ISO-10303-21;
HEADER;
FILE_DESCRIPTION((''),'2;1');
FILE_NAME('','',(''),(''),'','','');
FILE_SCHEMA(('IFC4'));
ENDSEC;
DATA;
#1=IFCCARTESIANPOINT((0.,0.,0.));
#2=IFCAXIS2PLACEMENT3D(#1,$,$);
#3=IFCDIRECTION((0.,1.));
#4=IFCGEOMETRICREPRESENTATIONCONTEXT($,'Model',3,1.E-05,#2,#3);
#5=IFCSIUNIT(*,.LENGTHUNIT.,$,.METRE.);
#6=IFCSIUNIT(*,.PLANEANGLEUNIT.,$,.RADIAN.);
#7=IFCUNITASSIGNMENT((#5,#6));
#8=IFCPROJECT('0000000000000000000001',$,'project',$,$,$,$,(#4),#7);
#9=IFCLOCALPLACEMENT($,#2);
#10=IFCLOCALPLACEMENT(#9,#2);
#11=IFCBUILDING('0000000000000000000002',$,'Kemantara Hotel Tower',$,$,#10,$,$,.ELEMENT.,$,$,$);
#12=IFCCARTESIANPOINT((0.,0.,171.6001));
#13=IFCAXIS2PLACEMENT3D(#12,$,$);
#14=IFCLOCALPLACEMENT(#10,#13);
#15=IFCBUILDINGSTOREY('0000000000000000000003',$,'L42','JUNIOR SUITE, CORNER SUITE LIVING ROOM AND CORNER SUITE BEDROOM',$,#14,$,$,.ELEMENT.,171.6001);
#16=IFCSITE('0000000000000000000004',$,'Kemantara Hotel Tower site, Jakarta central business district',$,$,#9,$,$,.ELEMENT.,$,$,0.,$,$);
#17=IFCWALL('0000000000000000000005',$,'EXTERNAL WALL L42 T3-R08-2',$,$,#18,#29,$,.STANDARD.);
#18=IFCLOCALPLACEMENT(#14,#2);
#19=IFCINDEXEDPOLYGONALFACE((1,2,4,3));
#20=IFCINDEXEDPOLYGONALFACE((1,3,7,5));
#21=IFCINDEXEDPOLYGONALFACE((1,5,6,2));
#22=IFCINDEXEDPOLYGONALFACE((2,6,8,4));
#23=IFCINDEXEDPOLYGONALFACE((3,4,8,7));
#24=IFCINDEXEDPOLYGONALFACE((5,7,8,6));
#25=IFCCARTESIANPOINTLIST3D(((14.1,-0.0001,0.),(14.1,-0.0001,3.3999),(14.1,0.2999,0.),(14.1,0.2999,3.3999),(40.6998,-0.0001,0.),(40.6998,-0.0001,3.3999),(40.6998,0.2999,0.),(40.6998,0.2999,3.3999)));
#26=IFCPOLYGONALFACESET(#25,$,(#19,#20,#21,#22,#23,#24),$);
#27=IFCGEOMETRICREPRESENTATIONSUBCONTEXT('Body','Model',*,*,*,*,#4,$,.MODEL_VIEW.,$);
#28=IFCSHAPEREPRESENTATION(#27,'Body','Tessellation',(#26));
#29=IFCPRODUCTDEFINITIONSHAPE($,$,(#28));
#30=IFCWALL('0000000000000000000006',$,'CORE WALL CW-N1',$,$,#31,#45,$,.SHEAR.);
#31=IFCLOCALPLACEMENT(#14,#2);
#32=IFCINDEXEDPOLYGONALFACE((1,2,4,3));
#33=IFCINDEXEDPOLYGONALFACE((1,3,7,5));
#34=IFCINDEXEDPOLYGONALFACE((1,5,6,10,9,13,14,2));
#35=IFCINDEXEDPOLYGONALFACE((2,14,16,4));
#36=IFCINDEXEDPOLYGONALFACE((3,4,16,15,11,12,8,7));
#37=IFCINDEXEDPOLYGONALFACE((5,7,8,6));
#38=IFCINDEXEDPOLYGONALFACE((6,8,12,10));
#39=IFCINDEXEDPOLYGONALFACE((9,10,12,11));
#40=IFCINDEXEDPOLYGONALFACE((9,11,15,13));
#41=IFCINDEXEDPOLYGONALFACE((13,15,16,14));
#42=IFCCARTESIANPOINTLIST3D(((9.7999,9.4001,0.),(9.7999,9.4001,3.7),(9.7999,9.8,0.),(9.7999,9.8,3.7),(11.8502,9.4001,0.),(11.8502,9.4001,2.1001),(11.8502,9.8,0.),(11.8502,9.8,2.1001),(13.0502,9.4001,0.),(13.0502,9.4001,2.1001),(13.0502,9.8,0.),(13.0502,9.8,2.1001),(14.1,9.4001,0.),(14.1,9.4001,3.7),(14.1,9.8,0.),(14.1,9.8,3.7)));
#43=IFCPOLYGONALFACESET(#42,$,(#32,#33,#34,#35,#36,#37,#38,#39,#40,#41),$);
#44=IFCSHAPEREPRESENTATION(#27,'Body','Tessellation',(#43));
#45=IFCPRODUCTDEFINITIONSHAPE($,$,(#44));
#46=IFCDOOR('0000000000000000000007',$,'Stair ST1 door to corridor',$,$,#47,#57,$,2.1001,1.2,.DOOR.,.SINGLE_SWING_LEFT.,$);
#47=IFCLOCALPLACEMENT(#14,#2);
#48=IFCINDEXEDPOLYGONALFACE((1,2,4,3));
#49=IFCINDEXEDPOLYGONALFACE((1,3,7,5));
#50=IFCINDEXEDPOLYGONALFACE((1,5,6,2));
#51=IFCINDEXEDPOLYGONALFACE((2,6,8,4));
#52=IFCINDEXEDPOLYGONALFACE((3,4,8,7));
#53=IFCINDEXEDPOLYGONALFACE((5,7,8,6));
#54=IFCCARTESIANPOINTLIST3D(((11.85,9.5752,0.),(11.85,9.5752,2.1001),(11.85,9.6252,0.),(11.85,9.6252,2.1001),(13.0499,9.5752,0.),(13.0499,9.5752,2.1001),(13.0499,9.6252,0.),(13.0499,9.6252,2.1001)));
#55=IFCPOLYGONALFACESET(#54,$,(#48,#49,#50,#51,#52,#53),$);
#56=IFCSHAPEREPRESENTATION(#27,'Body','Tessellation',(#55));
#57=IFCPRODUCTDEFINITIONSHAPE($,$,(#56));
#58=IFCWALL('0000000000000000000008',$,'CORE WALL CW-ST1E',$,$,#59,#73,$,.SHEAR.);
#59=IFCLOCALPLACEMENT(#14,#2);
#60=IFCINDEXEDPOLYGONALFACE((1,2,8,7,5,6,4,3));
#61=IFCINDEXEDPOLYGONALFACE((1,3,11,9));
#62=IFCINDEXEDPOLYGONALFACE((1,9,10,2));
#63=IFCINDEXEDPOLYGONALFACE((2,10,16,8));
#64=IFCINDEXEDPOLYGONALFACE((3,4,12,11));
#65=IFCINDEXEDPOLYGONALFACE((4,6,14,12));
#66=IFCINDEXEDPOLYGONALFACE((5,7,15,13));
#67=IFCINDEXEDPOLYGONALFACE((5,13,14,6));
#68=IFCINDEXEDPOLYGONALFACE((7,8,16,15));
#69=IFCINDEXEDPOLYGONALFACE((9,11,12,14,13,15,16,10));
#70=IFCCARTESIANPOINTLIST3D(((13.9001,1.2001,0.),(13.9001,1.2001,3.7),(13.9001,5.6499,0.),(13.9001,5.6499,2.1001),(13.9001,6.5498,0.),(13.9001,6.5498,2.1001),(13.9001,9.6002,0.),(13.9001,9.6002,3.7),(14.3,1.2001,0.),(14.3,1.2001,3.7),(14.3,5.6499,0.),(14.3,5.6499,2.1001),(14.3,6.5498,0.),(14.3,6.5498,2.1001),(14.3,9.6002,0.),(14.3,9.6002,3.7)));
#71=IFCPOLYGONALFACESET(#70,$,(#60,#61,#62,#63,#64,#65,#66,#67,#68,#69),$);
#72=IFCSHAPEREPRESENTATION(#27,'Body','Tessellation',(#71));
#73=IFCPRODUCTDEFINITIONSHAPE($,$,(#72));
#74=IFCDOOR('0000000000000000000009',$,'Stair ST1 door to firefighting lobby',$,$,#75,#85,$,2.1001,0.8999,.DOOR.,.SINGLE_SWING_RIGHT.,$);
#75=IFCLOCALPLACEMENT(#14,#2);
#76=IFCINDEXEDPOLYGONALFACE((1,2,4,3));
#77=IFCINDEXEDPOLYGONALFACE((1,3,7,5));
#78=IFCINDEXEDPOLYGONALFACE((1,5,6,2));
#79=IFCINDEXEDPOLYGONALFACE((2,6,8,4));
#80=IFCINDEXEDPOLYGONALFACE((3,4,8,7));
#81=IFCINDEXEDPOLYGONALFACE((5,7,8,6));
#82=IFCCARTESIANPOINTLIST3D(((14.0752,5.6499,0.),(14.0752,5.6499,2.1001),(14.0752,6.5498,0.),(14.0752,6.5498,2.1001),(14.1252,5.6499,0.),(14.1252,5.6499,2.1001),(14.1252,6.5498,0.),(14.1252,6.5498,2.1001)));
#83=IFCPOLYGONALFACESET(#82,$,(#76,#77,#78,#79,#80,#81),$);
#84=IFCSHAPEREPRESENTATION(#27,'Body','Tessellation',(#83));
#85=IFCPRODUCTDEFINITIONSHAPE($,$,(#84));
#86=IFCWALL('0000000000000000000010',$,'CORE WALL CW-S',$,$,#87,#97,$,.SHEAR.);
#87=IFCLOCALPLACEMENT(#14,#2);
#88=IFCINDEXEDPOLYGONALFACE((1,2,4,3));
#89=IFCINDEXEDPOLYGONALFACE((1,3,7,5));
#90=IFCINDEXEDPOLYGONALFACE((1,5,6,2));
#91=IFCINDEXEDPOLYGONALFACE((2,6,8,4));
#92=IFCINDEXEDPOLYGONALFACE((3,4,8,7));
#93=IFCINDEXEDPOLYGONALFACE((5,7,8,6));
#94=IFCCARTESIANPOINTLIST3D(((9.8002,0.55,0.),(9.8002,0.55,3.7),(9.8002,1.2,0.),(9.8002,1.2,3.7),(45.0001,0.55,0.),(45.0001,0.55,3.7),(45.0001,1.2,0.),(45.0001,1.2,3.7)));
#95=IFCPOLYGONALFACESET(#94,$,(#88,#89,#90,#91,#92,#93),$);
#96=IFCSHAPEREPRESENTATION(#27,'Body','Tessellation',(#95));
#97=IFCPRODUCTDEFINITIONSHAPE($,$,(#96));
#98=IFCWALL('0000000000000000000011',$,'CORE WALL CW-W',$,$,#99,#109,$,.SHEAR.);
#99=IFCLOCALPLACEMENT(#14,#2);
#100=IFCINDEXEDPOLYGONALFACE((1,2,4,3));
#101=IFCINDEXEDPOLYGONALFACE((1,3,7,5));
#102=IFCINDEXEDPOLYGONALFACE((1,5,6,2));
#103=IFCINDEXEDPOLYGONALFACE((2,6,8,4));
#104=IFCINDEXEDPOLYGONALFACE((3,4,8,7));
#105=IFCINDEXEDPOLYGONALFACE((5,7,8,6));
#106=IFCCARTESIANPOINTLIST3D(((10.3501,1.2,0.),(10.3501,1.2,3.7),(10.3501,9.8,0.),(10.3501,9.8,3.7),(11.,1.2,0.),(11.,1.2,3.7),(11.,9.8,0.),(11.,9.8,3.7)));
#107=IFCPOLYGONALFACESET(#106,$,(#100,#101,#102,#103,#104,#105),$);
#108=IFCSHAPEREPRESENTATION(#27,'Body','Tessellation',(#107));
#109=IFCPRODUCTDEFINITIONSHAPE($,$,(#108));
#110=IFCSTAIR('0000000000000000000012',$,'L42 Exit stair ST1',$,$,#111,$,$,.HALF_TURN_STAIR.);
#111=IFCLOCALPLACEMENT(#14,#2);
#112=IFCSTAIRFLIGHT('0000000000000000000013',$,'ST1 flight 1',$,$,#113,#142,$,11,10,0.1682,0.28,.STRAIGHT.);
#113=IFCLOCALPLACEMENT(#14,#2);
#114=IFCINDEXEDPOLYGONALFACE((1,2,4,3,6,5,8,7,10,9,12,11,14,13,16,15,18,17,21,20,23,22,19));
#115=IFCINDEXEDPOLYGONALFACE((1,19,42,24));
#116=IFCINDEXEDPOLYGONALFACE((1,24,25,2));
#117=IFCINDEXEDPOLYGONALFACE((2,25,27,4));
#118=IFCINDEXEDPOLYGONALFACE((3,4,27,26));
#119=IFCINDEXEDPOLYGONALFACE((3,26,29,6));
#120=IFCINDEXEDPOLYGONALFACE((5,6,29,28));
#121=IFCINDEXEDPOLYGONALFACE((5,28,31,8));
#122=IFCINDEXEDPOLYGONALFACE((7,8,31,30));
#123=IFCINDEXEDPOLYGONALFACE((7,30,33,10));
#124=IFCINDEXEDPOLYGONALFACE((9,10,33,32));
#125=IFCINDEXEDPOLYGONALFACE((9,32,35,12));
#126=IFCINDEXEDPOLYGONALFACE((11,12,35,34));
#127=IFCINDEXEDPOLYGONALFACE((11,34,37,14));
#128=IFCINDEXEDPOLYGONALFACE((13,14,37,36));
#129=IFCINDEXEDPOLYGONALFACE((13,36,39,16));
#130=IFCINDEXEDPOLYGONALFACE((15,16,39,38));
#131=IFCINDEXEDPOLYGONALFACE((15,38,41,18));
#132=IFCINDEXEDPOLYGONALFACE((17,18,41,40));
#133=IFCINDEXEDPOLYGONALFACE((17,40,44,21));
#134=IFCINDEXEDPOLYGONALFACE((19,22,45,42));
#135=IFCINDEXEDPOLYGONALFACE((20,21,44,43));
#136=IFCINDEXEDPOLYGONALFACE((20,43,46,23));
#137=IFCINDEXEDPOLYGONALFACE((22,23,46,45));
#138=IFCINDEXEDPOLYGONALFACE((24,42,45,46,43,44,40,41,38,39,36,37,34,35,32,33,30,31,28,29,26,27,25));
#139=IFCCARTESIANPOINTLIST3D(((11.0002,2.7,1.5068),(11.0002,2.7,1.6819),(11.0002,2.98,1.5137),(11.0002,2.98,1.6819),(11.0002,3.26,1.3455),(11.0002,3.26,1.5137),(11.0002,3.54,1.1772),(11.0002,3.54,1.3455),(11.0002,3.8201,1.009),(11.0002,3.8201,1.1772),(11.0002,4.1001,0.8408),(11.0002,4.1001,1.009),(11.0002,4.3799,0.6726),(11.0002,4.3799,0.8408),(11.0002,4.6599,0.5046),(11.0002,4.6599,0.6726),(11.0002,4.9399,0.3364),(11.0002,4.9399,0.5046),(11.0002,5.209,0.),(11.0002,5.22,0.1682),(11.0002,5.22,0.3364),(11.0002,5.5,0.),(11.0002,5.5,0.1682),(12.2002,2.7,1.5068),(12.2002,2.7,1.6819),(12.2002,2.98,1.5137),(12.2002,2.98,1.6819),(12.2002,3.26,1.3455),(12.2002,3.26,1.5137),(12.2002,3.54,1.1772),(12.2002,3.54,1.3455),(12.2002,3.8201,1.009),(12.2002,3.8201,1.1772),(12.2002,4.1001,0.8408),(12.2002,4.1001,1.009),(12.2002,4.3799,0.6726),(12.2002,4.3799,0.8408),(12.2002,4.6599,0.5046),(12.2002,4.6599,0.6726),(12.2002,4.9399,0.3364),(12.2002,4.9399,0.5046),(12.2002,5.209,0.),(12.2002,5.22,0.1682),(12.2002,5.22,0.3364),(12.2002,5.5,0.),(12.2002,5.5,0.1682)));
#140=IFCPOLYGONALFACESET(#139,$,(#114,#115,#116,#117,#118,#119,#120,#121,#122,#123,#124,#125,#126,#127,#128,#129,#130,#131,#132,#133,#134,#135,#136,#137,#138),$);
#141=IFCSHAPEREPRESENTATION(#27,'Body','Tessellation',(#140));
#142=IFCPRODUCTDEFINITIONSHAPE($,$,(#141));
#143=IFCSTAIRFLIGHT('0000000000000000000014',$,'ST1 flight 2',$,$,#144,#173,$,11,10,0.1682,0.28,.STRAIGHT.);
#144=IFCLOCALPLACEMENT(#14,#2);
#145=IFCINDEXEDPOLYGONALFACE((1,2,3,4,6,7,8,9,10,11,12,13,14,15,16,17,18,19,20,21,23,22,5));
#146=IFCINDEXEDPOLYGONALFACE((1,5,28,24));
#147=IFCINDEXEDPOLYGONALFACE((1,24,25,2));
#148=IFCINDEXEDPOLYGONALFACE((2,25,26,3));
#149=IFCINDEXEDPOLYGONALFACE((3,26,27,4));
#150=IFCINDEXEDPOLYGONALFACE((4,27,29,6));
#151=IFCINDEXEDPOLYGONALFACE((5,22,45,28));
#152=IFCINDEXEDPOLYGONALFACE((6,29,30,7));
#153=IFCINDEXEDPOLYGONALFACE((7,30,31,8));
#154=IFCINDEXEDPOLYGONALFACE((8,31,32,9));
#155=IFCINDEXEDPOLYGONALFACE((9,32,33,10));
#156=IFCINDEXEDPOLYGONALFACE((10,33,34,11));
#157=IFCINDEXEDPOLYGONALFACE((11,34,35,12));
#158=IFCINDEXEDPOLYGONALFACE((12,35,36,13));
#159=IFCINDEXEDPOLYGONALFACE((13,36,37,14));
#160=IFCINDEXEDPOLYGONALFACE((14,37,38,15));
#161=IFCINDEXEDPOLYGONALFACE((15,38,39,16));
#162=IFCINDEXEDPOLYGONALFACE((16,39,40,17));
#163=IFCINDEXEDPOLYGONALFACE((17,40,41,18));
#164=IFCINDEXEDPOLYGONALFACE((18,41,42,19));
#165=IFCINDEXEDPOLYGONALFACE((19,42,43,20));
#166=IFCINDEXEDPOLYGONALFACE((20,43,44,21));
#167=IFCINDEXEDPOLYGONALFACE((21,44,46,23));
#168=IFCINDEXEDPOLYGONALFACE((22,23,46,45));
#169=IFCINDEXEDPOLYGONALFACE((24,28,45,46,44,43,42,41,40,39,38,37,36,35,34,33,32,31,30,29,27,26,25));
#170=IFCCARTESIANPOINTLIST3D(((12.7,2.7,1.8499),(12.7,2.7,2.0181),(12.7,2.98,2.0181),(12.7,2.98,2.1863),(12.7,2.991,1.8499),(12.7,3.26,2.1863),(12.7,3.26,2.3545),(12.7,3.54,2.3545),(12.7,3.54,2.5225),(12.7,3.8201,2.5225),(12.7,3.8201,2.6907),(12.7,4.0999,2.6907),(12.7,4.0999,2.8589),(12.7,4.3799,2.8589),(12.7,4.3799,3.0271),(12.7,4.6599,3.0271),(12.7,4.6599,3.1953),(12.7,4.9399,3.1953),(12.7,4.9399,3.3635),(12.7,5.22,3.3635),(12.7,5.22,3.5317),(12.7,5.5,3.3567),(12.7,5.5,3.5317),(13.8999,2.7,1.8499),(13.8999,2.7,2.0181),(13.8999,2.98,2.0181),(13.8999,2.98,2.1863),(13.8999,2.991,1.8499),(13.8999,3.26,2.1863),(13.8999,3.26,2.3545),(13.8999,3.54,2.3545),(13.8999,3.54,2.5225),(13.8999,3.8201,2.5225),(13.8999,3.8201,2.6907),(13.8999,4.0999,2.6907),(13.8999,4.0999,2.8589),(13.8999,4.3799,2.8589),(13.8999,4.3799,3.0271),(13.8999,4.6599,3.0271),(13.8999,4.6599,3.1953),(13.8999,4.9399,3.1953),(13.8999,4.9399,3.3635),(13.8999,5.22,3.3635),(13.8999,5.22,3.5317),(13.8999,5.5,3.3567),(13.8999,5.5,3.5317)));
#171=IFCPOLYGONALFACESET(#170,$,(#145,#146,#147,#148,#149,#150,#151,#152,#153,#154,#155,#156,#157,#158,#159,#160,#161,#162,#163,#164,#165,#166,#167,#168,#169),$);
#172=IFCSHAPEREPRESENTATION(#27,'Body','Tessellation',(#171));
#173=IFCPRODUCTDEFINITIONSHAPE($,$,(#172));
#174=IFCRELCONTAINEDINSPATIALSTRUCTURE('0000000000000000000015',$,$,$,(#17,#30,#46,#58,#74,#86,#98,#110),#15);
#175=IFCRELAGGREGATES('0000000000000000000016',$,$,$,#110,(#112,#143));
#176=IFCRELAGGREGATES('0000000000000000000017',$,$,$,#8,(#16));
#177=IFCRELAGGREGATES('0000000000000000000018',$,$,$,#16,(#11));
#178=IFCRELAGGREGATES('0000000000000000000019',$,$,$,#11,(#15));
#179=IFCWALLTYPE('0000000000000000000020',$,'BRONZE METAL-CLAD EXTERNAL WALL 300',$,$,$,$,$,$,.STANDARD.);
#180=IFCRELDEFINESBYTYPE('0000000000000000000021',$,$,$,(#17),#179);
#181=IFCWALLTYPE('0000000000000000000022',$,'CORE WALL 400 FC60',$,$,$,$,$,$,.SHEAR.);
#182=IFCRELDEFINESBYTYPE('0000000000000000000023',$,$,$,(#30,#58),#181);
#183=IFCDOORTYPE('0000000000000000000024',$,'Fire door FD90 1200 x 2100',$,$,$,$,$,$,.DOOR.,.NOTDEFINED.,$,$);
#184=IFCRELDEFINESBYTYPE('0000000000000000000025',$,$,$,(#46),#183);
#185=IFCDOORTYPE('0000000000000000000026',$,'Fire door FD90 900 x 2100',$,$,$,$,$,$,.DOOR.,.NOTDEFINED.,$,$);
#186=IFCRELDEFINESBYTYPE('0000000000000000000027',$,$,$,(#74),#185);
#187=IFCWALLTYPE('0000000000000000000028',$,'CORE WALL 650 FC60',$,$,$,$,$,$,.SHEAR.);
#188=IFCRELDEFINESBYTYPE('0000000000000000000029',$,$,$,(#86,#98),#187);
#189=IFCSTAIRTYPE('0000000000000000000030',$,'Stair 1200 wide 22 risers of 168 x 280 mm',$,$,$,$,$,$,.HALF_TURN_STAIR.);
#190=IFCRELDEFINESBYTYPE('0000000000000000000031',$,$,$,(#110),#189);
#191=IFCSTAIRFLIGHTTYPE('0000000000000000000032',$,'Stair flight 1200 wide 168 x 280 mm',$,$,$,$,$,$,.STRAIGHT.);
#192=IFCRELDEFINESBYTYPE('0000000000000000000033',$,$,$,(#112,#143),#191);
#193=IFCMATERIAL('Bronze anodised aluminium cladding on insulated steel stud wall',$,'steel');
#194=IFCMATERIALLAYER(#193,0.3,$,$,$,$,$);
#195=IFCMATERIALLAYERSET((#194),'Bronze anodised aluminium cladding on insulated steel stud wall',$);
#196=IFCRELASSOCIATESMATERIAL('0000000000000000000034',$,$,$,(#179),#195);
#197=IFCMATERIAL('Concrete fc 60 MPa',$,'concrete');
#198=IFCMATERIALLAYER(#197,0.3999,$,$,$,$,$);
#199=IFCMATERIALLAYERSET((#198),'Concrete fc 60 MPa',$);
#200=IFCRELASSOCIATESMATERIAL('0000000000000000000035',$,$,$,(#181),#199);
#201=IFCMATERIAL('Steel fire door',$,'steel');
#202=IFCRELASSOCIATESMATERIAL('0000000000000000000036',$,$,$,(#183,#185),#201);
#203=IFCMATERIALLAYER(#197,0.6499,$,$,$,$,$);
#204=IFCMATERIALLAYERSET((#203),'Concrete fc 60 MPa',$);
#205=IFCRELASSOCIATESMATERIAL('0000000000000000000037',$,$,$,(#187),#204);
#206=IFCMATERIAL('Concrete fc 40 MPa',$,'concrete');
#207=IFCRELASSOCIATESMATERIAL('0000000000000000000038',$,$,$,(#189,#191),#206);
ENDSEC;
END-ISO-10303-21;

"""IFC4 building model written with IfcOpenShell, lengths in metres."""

from ifc_helpers import new_model, si_unit, direction, frame, frame_2d, origin, place, context, subcontext, project, spatial, polyline, rectangle, outline, extrude, material, layer, layer_set, type_object, element, fill, aggregate, save


model = new_model("IFC4")

# Units and contexts
model_context = context("Model", 3, precision=1e-05, world=origin(), true_north=direction((0.0, 1.0)))
body_context = subcontext(model_context, "Body", "Model", "MODEL_VIEW")
ifc_project = project(units=[si_unit("LENGTHUNIT", "METRE"), si_unit("PLANEANGLEUNIT", "RADIAN")], contexts=[model_context])

# Site, building, storey
site_placement = place(None, origin())
site = spatial("IfcSite", under=ifc_project, at=site_placement, Name="Kemantara Hotel Tower site, Jakarta central business district", CompositionType="ELEMENT", RefElevation=0.0)
building_placement = place(site_placement, origin())
building = spatial("IfcBuilding", under=site, at=building_placement, Name="Kemantara Hotel Tower", CompositionType="ELEMENT")
storey_placement = place(building_placement, frame((0.0, 0.0, 171.6001)))
storey = spatial("IfcBuildingStorey", under=building, at=storey_placement, Name="L42", Description="JUNIOR SUITE, CORNER SUITE LIVING ROOM AND CORNER SUITE BEDROOM", CompositionType="ELEMENT", Elevation=171.6001)

# Wall
ifc_material_1 = material(Name="Bronze anodised aluminium cladding on insulated steel stud wall", Category="steel")
ifc_layer_1 = layer(ifc_material_1, 0.3)
ifc_layer_set_1 = layer_set([ifc_layer_1], Name="Bronze anodised aluminium cladding on insulated steel stud wall")
wall_type_1 = type_object("IfcWallType", Name="BRONZE METAL-CLAD EXTERNAL WALL 300", PredefinedType="STANDARD", material=ifc_layer_set_1)
wall_1_placement = place(storey_placement, frame((14.1001, 0.1499, 0.0), z_axis=(0.0, 0.0, 1.0), x_axis=(1.0, 0.0, 0.0)))
element("IfcWall", 1, at=wall_1_placement, inside=storey, type_object=wall_type_1, Name="EXTERNAL WALL L42 T3-R08-2", PredefinedType="STANDARD", context=body_context, shape_type="SweptSolid", body=[
    extrude(rectangle(XDim=26.5999, YDim=0.3, at=frame_2d((13.2998, 0.0))), origin(), (0.0, 0.0, 1.0), 3.3999),
])

# Walls, openings, doors
ifc_material_2 = material(Name="Concrete fc 60 MPa", Category="concrete")
ifc_layer_2 = layer(ifc_material_2, 0.3999)
ifc_layer_set_2 = layer_set([ifc_layer_2], Name="Concrete fc 60 MPa")
wall_type_2 = type_object("IfcWallType", Name="CORE WALL 400 FC60", PredefinedType="SHEAR", material=ifc_layer_set_2)
wall_2_placement = place(storey_placement, frame((9.8, 9.6001, 0.0), z_axis=(0.0, 0.0, 1.0), x_axis=(1.0, 0.0, 0.0)))
wall_2 = element("IfcWall", 2, at=wall_2_placement, inside=storey, type_object=wall_type_2, Name="CORE WALL CW-N1", PredefinedType="SHEAR", context=body_context, shape_type="SweptSolid", body=[
    extrude(rectangle(XDim=4.3, YDim=0.3999, at=frame_2d((2.1499, 0.0))), origin(), (0.0, 0.0, 1.0), 3.7),
])
opening_1_placement = place(wall_2_placement, frame((2.05, 0.0, 0.0)))
opening_1 = element("IfcOpeningElement", 3, at=opening_1_placement, cuts=wall_2, PredefinedType="OPENING", context=body_context, shape_type="SweptSolid", body=[
    extrude(rectangle(XDim=1.2, YDim=2.1001, at=frame_2d((0.6001, 1.05))), frame((0.0, 0.21, 0.0), z_axis=(0.0, -1.0, 0.0), x_axis=(1.0, 0.0, 0.0)), (0.0, 0.0, 1.0), 0.4199),
])
ifc_material_3 = material(Name="Steel fire door", Category="steel")
door_type_1 = type_object("IfcDoorType", Name="Fire door FD90 1200 x 2100", OperationType="NOTDEFINED", PredefinedType="DOOR", material=ifc_material_3)
door_1_placement = place(opening_1_placement, frame((1.2, 0.0, 0.0), z_axis=(0.0, 0.0, 1.0), x_axis=(-1.0, 0.0, 0.0)))
door_1 = element("IfcDoor", 4, at=door_1_placement, inside=storey, type_object=door_type_1, Name="Stair ST1 door to corridor", OperationType="SINGLE_SWING_LEFT", OverallHeight=2.1001, OverallWidth=1.2, PredefinedType="DOOR", context=body_context, shape_type="SweptSolid", body=[
    extrude(rectangle(XDim=1.2, YDim=2.1001, at=frame_2d((0.6001, 1.05))), frame((0.0, 0.0249, 0.0), z_axis=(0.0, -1.0, 0.0), x_axis=(1.0, 0.0, 0.0)), (0.0, 0.0, 1.0), 0.05),
])
fill(opening_1, door_1)
wall_3_placement = place(storey_placement, frame((14.1001, 1.2, 0.0), z_axis=(0.0, 0.0, 1.0), x_axis=(0.0, 1.0, 0.0)))
wall_3 = element("IfcWall", 5, at=wall_3_placement, inside=storey, type_object=wall_type_2, Name="CORE WALL CW-ST1E", PredefinedType="SHEAR", context=body_context, shape_type="SweptSolid", body=[
    extrude(rectangle(XDim=8.4001, YDim=0.3999, at=frame_2d((4.2002, 0.0))), origin(), (0.0, 0.0, 1.0), 3.7),
])
opening_2_placement = place(wall_3_placement, frame((4.45, 0.0, 0.0)))
opening_2 = element("IfcOpeningElement", 6, at=opening_2_placement, cuts=wall_3, PredefinedType="OPENING", context=body_context, shape_type="SweptSolid", body=[
    extrude(rectangle(XDim=0.8999, YDim=2.1001, at=frame_2d((0.45, 1.05))), frame((0.0, 0.21, 0.0), z_axis=(0.0, -1.0, 0.0), x_axis=(1.0, 0.0, 0.0)), (0.0, 0.0, 1.0), 0.4199),
])
door_type_2 = type_object("IfcDoorType", Name="Fire door FD90 900 x 2100", OperationType="NOTDEFINED", PredefinedType="DOOR", material=ifc_material_3)
door_2_placement = place(opening_2_placement, origin())
door_2 = element("IfcDoor", 7, at=door_2_placement, inside=storey, type_object=door_type_2, Name="Stair ST1 door to firefighting lobby", OperationType="SINGLE_SWING_RIGHT", OverallHeight=2.1001, OverallWidth=0.8999, PredefinedType="DOOR", context=body_context, shape_type="SweptSolid", body=[
    extrude(rectangle(XDim=0.8999, YDim=2.1001, at=frame_2d((0.45, 1.05))), frame((0.0, 0.0249, 0.0), z_axis=(0.0, -1.0, 0.0), x_axis=(1.0, 0.0, 0.0)), (0.0, 0.0, 1.0), 0.05),
])
fill(opening_2, door_2)

# Walls
ifc_layer_3 = layer(ifc_material_2, 0.6499)
ifc_layer_set_3 = layer_set([ifc_layer_3], Name="Concrete fc 60 MPa")
wall_type_3 = type_object("IfcWallType", Name="CORE WALL 650 FC60", PredefinedType="SHEAR", material=ifc_layer_set_3)
wall_4_placement = place(storey_placement, frame((9.8, 0.875, 0.0), z_axis=(0.0, 0.0, 1.0), x_axis=(1.0, 0.0, 0.0)))
element("IfcWall", 8, at=wall_4_placement, inside=storey, type_object=wall_type_3, Name="CORE WALL CW-S", PredefinedType="SHEAR", context=body_context, shape_type="SweptSolid", body=[
    extrude(rectangle(XDim=35.2, YDim=0.6499, at=frame_2d((17.6001, 0.0))), origin(), (0.0, 0.0, 1.0), 3.7),
])
wall_5_placement = place(storey_placement, frame((10.675, 1.2, 0.0), z_axis=(0.0, 0.0, 1.0), x_axis=(0.0, 1.0, 0.0)))
element("IfcWall", 9, at=wall_5_placement, inside=storey, type_object=wall_type_3, Name="CORE WALL CW-W", PredefinedType="SHEAR", context=body_context, shape_type="SweptSolid", body=[
    extrude(rectangle(XDim=8.6001, YDim=0.6499, at=frame_2d((4.3, 0.0))), origin(), (0.0, 0.0, 1.0), 3.7),
])

# Stair, stair flights
ifc_material_4 = material(Name="Concrete fc 40 MPa", Category="concrete")
stair_type = type_object("IfcStairType", Name="Stair 1200 wide 22 risers of 168 x 280 mm", PredefinedType="HALF_TURN_STAIR", material=ifc_material_4)
stair_placement = place(storey_placement, origin())
stair = element("IfcStair", 10, at=stair_placement, inside=storey, type_object=stair_type, Name="L42 Exit stair ST1", PredefinedType="HALF_TURN_STAIR")
stair_flight_type = type_object("IfcStairFlightType", Name="Stair flight 1200 wide 168 x 280 mm", PredefinedType="STRAIGHT", material=ifc_material_4)
stair_flight_1_placement = place(storey_placement, frame((11.6001, 5.5, 0.0), z_axis=(0.0, 0.0, 1.0), x_axis=(0.0, -1.0, 0.0)))
stair_flight_1 = element("IfcStairFlight", 11, at=stair_flight_1_placement, type_object=stair_flight_type, Name="ST1 flight 1", NumberOfRisers=11, NumberOfTreads=10, PredefinedType="STRAIGHT", RiserHeight=0.1682, TreadLength=0.28, context=body_context, shape_type="SweptSolid", body=[
    extrude(outline(polyline([(0.0, 0.0), (0.0, 0.1682), (0.28, 0.1682), (0.28, 0.3364), (0.5601, 0.3364), (0.5601, 0.5046), (0.8401, 0.5046), (0.8401, 0.6726), (1.1201, 0.6726), (1.1201, 0.8408), (1.3999, 0.8408), (1.3999, 1.009), (1.6799, 1.009), (1.6799, 1.1772), (1.96, 1.1772), (1.96, 1.3455), (2.24, 1.3455), (2.24, 1.5137), (2.52, 1.5137), (2.52, 1.6819), (2.8, 1.6819), (2.8, 1.8501), (2.8, 1.5068), (0.291, 0.0), (0.0, 0.0)])), frame((0.0, 0.6001, 0.0), z_axis=(0.0, -1.0, 0.0), x_axis=(1.0, 0.0, 0.0)), (0.0, 0.0, 1.0), 1.2),
])
stair_flight_2_placement = place(storey_placement, frame((13.3, 2.7, 1.8499), z_axis=(0.0, 0.0, 1.0), x_axis=(0.0, 1.0, 0.0)))
stair_flight_2 = element("IfcStairFlight", 12, at=stair_flight_2_placement, type_object=stair_flight_type, Name="ST1 flight 2", NumberOfRisers=11, NumberOfTreads=10, PredefinedType="STRAIGHT", RiserHeight=0.1682, TreadLength=0.28, context=body_context, shape_type="SweptSolid", body=[
    extrude(outline(polyline([(0.0, 0.0), (0.0, 0.1682), (0.28, 0.1682), (0.28, 0.3364), (0.5601, 0.3364), (0.5601, 0.5046), (0.8401, 0.5046), (0.8401, 0.6726), (1.1201, 0.6726), (1.1201, 0.8408), (1.3999, 0.8408), (1.3999, 1.009), (1.6799, 1.009), (1.6799, 1.1772), (1.96, 1.1772), (1.96, 1.3455), (2.24, 1.3455), (2.24, 1.5137), (2.52, 1.5137), (2.52, 1.6819), (2.8, 1.6819), (2.8, 1.8501), (2.8, 1.5068), (0.291, 0.0), (0.0, 0.0)])), frame((0.0, 0.6001, 0.0), z_axis=(0.0, -1.0, 0.0), x_axis=(1.0, 0.0, 0.0)), (0.0, 0.0, 1.0), 1.2),
])
aggregate(stair, [stair_flight_1, stair_flight_2])

save(model, "model.ifc")
